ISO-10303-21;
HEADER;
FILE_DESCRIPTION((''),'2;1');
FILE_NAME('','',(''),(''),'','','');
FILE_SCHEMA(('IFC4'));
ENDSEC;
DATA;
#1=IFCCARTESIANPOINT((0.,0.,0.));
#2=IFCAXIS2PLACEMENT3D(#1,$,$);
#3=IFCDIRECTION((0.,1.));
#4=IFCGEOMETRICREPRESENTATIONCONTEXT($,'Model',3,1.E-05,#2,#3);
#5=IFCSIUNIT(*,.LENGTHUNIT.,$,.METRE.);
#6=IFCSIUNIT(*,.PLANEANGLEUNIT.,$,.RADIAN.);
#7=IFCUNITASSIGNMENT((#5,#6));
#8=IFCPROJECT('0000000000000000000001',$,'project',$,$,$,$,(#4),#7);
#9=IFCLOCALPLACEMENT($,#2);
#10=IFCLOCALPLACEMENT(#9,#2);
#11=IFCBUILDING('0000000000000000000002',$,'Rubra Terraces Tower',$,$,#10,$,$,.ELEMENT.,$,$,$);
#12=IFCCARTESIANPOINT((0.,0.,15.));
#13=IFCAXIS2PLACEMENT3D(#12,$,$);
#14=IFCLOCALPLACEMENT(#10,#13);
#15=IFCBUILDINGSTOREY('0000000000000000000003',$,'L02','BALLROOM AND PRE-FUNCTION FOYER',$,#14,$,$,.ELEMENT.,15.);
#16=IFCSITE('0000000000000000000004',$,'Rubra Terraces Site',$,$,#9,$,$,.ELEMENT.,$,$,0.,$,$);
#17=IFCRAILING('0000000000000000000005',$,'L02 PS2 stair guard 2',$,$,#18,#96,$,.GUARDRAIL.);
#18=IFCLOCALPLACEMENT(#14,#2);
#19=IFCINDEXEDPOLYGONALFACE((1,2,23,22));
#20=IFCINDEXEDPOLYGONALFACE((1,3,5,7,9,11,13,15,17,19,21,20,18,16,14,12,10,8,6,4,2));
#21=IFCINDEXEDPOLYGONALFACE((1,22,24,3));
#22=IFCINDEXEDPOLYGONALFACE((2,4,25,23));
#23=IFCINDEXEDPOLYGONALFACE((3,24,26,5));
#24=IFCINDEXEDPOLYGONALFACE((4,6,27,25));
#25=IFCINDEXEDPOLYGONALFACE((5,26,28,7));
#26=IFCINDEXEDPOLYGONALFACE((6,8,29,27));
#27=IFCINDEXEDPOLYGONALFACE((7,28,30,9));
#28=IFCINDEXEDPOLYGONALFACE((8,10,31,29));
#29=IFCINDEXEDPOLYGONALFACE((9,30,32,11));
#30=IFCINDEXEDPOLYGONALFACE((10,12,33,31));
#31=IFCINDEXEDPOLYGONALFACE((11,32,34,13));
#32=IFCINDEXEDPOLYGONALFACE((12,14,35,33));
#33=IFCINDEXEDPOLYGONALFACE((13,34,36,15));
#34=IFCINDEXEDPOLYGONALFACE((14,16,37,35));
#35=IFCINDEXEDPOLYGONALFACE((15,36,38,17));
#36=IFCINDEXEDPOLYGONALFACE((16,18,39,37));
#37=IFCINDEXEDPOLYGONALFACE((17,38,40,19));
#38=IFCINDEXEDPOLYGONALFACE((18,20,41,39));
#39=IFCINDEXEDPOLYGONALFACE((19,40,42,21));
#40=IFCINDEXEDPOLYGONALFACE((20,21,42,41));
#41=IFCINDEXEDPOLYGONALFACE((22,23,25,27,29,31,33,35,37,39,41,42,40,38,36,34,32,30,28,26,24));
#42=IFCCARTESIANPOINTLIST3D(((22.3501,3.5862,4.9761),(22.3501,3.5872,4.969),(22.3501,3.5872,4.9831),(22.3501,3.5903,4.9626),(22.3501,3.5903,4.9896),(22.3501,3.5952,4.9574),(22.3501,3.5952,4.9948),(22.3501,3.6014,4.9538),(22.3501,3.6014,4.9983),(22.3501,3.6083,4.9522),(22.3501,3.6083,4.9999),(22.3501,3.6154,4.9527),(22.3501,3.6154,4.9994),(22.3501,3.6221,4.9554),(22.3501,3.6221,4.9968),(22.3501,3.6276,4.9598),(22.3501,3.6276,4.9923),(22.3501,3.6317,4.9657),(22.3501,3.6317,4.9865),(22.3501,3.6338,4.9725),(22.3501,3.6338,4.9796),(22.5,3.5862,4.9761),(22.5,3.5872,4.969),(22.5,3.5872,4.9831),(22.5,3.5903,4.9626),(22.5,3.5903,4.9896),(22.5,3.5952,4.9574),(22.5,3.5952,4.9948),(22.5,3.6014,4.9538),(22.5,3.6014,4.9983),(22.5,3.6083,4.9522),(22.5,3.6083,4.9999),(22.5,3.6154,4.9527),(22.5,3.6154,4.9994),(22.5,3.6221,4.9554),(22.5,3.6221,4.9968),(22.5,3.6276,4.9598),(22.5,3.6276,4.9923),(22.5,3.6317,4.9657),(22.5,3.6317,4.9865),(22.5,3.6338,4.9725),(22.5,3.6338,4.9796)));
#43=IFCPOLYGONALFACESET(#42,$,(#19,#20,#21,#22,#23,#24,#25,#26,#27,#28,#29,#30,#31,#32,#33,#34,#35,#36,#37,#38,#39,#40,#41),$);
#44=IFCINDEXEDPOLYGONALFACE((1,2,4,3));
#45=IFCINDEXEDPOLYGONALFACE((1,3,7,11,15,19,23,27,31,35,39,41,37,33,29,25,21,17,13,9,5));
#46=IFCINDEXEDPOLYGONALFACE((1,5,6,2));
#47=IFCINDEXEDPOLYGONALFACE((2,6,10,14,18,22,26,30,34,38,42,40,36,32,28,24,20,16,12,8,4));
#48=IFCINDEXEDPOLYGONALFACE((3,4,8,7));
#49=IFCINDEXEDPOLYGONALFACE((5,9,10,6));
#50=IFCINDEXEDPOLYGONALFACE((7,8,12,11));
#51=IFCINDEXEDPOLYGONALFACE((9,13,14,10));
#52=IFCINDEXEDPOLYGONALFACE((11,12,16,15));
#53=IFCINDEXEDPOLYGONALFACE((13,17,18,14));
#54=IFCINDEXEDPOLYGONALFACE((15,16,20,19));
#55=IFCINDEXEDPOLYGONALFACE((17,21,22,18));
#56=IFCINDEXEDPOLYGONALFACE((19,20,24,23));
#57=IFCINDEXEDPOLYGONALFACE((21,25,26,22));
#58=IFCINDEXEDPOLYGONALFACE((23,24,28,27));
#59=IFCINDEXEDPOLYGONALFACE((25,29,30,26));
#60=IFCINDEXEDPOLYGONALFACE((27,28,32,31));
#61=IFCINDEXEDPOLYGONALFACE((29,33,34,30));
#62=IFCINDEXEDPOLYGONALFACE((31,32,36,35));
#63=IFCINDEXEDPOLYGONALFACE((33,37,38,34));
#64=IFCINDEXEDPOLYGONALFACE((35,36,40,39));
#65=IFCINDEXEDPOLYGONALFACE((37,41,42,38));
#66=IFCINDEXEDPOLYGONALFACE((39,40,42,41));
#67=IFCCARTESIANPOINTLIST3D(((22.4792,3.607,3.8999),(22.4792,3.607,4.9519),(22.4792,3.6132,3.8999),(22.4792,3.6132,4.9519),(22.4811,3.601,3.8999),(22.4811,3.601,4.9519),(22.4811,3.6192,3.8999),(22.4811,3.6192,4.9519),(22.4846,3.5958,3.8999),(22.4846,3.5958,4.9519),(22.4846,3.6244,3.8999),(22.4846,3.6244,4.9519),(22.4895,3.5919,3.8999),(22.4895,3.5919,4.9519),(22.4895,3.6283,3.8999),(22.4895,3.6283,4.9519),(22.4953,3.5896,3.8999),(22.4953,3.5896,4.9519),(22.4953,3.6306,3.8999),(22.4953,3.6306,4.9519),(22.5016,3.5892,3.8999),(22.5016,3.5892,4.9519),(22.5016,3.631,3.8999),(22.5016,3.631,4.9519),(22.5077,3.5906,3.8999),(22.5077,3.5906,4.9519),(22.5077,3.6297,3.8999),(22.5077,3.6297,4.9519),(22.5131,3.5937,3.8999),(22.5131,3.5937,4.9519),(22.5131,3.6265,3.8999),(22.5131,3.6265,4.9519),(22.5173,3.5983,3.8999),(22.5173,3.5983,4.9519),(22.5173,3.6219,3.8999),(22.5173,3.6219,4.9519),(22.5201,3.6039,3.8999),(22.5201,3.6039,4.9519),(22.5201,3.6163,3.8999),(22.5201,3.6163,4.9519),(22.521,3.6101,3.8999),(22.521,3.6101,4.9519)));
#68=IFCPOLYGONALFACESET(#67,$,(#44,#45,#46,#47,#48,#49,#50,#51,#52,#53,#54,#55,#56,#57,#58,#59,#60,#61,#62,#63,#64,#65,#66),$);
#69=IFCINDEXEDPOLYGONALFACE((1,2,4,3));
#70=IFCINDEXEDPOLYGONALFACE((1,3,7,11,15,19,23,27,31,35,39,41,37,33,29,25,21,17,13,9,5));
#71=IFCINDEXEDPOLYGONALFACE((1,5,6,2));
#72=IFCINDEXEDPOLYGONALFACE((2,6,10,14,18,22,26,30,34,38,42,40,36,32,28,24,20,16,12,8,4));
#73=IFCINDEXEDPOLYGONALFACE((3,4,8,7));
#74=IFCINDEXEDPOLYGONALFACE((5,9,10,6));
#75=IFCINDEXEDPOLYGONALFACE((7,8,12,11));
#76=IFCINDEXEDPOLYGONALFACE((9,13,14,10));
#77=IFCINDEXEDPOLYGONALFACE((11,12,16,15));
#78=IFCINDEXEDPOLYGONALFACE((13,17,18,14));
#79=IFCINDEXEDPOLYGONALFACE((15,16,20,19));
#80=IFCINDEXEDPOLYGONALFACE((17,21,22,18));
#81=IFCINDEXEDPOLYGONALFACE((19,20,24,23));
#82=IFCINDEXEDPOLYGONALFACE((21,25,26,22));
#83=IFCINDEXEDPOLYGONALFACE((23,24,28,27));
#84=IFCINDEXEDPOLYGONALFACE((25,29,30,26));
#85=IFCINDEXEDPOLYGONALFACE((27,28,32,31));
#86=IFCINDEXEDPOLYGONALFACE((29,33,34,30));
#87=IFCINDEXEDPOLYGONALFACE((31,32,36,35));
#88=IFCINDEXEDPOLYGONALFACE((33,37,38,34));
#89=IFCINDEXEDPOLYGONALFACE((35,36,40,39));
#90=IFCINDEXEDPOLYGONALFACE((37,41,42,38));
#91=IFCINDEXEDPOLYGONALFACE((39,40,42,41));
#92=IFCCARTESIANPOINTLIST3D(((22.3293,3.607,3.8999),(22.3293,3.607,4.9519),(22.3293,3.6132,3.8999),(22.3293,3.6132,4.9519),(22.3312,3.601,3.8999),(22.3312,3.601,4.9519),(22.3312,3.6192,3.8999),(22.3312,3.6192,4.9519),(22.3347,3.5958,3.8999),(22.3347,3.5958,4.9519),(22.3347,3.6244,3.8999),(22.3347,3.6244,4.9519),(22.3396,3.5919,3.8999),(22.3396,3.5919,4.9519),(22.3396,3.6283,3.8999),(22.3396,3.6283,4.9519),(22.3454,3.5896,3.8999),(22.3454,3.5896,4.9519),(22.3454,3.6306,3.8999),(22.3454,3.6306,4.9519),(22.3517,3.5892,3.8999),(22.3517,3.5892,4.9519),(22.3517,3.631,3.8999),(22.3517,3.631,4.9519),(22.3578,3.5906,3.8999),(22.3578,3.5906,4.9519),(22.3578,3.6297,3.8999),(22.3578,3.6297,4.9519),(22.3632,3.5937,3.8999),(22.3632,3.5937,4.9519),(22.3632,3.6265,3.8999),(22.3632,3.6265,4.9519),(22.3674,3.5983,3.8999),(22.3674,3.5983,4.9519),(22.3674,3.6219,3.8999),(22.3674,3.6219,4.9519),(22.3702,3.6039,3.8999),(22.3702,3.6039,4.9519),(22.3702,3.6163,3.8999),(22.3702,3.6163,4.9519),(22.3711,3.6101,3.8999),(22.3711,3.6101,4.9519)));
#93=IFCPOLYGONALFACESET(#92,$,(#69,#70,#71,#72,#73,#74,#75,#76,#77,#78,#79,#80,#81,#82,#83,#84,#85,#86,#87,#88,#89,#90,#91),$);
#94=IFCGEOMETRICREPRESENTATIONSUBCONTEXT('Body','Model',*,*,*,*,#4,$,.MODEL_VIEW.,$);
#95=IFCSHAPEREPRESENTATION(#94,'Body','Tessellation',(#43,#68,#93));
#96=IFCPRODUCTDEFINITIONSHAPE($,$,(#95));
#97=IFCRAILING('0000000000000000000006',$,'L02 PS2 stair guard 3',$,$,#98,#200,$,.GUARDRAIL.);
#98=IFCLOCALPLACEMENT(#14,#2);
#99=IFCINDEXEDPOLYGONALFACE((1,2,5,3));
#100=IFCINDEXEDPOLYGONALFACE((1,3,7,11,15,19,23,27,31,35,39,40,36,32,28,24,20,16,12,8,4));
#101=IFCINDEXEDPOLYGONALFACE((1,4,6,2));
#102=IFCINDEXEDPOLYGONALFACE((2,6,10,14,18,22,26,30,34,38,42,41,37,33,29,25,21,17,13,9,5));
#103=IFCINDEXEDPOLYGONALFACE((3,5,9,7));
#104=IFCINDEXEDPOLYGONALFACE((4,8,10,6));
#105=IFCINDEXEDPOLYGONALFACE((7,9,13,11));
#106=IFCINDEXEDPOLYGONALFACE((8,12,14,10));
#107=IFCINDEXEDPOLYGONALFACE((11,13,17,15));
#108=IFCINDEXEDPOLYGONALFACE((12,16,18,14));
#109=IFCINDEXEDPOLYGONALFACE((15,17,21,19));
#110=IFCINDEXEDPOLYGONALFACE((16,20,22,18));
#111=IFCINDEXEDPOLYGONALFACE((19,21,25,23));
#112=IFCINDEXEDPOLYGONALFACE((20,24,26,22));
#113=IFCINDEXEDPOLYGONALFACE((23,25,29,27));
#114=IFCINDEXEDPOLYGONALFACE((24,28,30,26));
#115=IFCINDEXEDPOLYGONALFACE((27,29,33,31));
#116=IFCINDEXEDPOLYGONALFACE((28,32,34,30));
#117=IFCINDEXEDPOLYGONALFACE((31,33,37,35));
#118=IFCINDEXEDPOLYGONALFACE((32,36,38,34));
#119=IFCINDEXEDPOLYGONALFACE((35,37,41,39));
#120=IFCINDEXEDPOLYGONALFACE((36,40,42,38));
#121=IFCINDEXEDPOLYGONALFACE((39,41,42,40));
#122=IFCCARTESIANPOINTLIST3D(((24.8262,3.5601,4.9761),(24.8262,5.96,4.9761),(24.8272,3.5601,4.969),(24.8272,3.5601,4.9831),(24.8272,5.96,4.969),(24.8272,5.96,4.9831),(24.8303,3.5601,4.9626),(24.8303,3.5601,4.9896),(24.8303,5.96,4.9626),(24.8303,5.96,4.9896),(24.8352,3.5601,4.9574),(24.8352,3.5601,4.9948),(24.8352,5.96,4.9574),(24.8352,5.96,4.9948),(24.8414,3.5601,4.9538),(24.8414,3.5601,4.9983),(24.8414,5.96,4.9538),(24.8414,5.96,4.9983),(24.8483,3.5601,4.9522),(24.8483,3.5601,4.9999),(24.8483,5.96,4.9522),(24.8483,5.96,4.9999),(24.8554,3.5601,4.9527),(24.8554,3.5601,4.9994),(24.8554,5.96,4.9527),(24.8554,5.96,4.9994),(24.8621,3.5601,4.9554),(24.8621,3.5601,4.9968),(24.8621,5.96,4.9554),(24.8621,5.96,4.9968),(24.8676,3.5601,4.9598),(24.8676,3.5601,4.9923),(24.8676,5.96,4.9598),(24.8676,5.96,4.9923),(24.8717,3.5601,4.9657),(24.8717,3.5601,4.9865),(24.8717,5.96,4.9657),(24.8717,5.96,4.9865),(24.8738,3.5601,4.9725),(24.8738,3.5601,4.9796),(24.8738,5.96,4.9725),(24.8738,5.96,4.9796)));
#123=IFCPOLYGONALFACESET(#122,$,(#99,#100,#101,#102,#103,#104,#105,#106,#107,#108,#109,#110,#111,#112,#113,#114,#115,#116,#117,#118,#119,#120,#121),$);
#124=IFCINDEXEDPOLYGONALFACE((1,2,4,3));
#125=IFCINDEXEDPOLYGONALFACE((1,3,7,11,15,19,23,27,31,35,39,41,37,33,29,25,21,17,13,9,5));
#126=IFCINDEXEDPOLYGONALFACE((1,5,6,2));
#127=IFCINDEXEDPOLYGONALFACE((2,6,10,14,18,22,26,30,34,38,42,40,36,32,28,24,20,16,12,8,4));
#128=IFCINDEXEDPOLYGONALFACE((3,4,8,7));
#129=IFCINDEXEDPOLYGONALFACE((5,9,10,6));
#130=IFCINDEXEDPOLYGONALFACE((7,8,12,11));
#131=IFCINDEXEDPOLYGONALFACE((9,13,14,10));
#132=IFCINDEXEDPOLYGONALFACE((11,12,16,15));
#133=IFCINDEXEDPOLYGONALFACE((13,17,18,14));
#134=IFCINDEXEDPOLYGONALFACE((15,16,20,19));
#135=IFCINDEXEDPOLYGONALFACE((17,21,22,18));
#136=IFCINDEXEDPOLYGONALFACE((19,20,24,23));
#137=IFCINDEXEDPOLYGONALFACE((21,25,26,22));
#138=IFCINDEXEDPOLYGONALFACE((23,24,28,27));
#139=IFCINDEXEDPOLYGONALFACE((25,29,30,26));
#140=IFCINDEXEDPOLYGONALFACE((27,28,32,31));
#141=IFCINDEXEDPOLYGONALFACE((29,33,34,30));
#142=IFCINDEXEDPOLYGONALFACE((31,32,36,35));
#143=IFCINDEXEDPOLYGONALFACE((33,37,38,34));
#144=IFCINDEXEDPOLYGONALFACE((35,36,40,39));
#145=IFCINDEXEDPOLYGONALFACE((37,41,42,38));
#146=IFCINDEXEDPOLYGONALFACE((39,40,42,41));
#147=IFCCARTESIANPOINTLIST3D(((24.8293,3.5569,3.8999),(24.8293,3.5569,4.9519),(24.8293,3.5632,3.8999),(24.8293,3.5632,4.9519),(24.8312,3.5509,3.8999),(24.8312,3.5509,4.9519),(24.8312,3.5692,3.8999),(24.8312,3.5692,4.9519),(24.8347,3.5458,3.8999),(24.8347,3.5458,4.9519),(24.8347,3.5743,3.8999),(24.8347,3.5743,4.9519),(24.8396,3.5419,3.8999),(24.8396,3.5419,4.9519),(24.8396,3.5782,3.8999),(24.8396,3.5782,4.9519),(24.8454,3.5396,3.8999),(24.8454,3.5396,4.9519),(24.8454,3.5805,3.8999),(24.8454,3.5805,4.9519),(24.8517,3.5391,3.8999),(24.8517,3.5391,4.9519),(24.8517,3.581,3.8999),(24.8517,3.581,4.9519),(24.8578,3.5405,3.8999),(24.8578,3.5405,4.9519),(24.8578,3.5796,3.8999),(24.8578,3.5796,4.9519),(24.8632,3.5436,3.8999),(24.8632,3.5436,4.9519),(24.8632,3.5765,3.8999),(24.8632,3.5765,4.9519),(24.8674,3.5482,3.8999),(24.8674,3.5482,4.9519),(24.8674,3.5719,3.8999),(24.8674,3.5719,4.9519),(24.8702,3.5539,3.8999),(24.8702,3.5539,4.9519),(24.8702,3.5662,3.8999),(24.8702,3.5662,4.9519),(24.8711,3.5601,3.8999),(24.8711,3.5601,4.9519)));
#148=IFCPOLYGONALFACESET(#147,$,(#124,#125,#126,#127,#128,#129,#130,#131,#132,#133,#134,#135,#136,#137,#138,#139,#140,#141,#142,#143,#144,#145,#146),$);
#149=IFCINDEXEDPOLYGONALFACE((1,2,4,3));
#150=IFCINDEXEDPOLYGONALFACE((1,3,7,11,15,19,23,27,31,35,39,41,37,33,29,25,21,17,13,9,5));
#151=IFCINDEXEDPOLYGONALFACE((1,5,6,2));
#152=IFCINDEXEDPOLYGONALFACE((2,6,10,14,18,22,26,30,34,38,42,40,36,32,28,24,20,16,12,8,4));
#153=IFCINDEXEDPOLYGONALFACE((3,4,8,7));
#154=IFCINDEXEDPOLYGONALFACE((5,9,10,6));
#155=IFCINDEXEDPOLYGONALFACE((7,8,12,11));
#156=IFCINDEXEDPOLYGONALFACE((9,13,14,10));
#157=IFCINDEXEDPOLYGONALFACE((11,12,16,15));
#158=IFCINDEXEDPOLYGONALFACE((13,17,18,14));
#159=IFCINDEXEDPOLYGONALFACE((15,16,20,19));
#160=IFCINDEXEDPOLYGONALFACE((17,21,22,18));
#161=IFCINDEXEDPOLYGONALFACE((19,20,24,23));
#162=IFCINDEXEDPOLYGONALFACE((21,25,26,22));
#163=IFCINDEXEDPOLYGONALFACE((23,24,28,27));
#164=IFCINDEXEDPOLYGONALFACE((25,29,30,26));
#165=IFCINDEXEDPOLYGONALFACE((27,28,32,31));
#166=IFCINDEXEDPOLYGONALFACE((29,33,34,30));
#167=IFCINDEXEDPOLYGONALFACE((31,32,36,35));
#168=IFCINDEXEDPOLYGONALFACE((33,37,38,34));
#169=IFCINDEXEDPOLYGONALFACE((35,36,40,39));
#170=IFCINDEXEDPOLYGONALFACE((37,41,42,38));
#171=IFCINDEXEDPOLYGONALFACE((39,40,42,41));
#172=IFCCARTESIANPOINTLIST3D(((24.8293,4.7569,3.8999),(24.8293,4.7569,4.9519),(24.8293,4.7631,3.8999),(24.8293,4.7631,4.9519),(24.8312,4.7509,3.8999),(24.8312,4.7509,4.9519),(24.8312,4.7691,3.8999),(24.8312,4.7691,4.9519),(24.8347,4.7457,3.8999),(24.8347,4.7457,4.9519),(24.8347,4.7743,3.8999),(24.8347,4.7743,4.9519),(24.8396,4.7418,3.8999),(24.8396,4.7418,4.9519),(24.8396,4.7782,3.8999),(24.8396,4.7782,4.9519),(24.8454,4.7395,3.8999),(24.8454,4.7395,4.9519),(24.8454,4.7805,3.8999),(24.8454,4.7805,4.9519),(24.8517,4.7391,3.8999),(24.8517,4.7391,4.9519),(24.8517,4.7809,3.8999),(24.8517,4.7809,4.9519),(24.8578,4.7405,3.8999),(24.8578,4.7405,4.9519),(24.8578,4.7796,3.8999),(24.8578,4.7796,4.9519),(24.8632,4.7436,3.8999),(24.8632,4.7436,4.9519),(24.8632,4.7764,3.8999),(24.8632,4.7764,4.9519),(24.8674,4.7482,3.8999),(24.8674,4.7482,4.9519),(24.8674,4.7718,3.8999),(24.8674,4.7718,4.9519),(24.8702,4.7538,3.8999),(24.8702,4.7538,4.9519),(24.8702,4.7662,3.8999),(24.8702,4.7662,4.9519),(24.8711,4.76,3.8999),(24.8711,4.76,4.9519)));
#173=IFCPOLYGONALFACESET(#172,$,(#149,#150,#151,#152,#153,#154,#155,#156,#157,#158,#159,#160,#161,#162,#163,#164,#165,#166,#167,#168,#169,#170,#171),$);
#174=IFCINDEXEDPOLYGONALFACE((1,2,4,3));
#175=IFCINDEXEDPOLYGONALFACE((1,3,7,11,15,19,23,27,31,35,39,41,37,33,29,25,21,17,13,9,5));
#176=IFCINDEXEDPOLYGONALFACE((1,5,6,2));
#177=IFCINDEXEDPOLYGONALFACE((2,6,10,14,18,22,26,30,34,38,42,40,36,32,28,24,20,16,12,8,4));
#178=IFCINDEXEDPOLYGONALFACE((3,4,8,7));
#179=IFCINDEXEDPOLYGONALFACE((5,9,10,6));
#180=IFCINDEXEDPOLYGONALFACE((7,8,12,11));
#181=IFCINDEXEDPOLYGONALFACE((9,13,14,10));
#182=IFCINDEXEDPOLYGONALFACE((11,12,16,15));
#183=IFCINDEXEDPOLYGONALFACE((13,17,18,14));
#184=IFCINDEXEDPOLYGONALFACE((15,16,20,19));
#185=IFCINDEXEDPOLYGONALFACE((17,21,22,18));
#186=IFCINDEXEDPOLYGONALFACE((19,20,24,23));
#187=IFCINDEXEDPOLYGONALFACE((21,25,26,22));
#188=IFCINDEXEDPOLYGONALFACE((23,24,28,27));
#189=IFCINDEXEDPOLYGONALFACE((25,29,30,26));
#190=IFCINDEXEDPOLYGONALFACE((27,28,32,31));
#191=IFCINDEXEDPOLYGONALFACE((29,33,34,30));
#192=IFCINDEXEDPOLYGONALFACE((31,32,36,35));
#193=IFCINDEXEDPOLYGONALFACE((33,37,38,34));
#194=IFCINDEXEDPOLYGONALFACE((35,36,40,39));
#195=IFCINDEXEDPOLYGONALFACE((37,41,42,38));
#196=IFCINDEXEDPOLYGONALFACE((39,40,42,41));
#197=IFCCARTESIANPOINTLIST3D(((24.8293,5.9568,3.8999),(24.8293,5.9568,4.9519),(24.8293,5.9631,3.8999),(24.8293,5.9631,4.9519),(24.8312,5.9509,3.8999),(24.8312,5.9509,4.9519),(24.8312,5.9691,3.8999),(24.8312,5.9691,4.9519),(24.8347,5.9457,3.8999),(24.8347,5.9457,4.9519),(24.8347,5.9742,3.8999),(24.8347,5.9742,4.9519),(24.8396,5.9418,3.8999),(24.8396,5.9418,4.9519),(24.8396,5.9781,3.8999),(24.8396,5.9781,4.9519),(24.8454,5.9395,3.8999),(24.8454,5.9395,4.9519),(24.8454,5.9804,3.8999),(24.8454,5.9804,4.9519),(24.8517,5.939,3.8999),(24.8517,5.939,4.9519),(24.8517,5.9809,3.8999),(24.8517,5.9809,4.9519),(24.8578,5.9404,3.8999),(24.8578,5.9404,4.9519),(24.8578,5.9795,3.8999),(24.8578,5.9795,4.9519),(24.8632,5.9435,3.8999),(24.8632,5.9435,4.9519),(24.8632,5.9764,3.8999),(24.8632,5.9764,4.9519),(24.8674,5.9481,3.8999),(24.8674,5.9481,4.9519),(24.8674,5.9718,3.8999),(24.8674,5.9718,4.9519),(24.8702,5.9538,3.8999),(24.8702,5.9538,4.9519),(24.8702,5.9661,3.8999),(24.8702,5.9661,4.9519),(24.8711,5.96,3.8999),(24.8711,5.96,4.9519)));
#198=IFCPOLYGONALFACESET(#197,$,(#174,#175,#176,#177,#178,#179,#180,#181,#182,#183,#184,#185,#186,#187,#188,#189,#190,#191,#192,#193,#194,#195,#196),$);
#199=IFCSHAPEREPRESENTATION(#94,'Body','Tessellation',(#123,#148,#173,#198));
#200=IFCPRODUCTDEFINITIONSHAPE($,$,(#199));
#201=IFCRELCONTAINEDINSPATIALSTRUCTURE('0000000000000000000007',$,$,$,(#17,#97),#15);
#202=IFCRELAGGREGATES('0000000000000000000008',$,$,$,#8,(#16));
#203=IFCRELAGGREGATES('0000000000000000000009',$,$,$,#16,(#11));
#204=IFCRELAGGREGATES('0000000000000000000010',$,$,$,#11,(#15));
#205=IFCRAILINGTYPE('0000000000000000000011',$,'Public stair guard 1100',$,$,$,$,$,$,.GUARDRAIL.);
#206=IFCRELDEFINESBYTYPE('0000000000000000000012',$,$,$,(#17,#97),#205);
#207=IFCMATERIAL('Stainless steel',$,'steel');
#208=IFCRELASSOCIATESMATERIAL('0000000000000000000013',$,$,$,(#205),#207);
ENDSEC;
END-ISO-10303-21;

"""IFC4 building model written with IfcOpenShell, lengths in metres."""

from ifc_helpers import new_model, si_unit, direction, frame, origin, origin_2d, place, context, subcontext, project, spatial, circle, extrude, material, type_object, element, save


model = new_model("IFC4")

# Units and contexts
model_context = context("Model", 3, precision=1e-05, world=origin(), true_north=direction((0.0, 1.0)))
body_context = subcontext(model_context, "Body", "Model", "MODEL_VIEW")
ifc_project = project(units=[si_unit("LENGTHUNIT", "METRE"), si_unit("PLANEANGLEUNIT", "RADIAN")], contexts=[model_context])

# Site, building, storey
site_placement = place(None, origin())
site = spatial("IfcSite", under=ifc_project, at=site_placement, Name="Rubra Terraces Site", CompositionType="ELEMENT", RefElevation=0.0)
building_placement = place(site_placement, origin())
building = spatial("IfcBuilding", under=site, at=building_placement, Name="Rubra Terraces Tower", CompositionType="ELEMENT")
storey_placement = place(building_placement, frame((0.0, 0.0, 15.0)))
storey = spatial("IfcBuildingStorey", under=building, at=storey_placement, Name="L02", Description="BALLROOM AND PRE-FUNCTION FOYER", CompositionType="ELEMENT", Elevation=15.0)

# Railings
ifc_material_1 = material(Name="Stainless steel", Category="steel")
railing_type_1 = type_object("IfcRailingType", Name="Public stair guard 1100", PredefinedType="GUARDRAIL", material=ifc_material_1)
railing_1_placement = place(storey_placement, frame((22.5, 3.6101, 3.8999)))
element("IfcRailing", 1, at=railing_1_placement, inside=storey, type_object=railing_type_1, Name="L02 PS2 stair guard 2", PredefinedType="GUARDRAIL", context=body_context, shape_type="SweptSolid", body=[
    extrude(circle(Radius=0.0239, at=origin_2d()), frame((0.0, 0.0, 1.0762), z_axis=(-1.0, 0.0, 0.0), x_axis=(0.0, -1.0, 0.0)), (0.0, 0.0, 1.0), 0.1499),
    extrude(circle(Radius=0.021, at=origin_2d()), origin(), (0.0, 0.0, 1.0), 1.052),
    extrude(circle(Radius=0.021, at=origin_2d()), frame((-0.1499, 0.0, 0.0)), (0.0, 0.0, 1.0), 1.052),
])
for number, where, name in (
    (2, (24.8501, 3.5601, 3.8999), "L02 PS2 stair guard 3"),
):
    element("IfcRailing", number, at=place(storey_placement, frame(where)), inside=storey, type_object=railing_type_1, Name=name, PredefinedType="GUARDRAIL", context=body_context, shape_type="SweptSolid", body=[
        extrude(circle(Radius=0.0239, at=origin_2d()), frame((0.0, 0.0, 1.0762), z_axis=(0.0, 1.0, 0.0), x_axis=(-1.0, 0.0, 0.0)), (0.0, 0.0, 1.0), 2.3999),
        extrude(circle(Radius=0.021, at=origin_2d()), origin(), (0.0, 0.0, 1.0), 1.052),
        extrude(circle(Radius=0.021, at=origin_2d()), frame((0.0, 1.2, 0.0)), (0.0, 0.0, 1.0), 1.052),
        extrude(circle(Radius=0.021, at=origin_2d()), frame((0.0, 2.3999, 0.0)), (0.0, 0.0, 1.0), 1.052),
    ])

save(model, "model.ifc")
